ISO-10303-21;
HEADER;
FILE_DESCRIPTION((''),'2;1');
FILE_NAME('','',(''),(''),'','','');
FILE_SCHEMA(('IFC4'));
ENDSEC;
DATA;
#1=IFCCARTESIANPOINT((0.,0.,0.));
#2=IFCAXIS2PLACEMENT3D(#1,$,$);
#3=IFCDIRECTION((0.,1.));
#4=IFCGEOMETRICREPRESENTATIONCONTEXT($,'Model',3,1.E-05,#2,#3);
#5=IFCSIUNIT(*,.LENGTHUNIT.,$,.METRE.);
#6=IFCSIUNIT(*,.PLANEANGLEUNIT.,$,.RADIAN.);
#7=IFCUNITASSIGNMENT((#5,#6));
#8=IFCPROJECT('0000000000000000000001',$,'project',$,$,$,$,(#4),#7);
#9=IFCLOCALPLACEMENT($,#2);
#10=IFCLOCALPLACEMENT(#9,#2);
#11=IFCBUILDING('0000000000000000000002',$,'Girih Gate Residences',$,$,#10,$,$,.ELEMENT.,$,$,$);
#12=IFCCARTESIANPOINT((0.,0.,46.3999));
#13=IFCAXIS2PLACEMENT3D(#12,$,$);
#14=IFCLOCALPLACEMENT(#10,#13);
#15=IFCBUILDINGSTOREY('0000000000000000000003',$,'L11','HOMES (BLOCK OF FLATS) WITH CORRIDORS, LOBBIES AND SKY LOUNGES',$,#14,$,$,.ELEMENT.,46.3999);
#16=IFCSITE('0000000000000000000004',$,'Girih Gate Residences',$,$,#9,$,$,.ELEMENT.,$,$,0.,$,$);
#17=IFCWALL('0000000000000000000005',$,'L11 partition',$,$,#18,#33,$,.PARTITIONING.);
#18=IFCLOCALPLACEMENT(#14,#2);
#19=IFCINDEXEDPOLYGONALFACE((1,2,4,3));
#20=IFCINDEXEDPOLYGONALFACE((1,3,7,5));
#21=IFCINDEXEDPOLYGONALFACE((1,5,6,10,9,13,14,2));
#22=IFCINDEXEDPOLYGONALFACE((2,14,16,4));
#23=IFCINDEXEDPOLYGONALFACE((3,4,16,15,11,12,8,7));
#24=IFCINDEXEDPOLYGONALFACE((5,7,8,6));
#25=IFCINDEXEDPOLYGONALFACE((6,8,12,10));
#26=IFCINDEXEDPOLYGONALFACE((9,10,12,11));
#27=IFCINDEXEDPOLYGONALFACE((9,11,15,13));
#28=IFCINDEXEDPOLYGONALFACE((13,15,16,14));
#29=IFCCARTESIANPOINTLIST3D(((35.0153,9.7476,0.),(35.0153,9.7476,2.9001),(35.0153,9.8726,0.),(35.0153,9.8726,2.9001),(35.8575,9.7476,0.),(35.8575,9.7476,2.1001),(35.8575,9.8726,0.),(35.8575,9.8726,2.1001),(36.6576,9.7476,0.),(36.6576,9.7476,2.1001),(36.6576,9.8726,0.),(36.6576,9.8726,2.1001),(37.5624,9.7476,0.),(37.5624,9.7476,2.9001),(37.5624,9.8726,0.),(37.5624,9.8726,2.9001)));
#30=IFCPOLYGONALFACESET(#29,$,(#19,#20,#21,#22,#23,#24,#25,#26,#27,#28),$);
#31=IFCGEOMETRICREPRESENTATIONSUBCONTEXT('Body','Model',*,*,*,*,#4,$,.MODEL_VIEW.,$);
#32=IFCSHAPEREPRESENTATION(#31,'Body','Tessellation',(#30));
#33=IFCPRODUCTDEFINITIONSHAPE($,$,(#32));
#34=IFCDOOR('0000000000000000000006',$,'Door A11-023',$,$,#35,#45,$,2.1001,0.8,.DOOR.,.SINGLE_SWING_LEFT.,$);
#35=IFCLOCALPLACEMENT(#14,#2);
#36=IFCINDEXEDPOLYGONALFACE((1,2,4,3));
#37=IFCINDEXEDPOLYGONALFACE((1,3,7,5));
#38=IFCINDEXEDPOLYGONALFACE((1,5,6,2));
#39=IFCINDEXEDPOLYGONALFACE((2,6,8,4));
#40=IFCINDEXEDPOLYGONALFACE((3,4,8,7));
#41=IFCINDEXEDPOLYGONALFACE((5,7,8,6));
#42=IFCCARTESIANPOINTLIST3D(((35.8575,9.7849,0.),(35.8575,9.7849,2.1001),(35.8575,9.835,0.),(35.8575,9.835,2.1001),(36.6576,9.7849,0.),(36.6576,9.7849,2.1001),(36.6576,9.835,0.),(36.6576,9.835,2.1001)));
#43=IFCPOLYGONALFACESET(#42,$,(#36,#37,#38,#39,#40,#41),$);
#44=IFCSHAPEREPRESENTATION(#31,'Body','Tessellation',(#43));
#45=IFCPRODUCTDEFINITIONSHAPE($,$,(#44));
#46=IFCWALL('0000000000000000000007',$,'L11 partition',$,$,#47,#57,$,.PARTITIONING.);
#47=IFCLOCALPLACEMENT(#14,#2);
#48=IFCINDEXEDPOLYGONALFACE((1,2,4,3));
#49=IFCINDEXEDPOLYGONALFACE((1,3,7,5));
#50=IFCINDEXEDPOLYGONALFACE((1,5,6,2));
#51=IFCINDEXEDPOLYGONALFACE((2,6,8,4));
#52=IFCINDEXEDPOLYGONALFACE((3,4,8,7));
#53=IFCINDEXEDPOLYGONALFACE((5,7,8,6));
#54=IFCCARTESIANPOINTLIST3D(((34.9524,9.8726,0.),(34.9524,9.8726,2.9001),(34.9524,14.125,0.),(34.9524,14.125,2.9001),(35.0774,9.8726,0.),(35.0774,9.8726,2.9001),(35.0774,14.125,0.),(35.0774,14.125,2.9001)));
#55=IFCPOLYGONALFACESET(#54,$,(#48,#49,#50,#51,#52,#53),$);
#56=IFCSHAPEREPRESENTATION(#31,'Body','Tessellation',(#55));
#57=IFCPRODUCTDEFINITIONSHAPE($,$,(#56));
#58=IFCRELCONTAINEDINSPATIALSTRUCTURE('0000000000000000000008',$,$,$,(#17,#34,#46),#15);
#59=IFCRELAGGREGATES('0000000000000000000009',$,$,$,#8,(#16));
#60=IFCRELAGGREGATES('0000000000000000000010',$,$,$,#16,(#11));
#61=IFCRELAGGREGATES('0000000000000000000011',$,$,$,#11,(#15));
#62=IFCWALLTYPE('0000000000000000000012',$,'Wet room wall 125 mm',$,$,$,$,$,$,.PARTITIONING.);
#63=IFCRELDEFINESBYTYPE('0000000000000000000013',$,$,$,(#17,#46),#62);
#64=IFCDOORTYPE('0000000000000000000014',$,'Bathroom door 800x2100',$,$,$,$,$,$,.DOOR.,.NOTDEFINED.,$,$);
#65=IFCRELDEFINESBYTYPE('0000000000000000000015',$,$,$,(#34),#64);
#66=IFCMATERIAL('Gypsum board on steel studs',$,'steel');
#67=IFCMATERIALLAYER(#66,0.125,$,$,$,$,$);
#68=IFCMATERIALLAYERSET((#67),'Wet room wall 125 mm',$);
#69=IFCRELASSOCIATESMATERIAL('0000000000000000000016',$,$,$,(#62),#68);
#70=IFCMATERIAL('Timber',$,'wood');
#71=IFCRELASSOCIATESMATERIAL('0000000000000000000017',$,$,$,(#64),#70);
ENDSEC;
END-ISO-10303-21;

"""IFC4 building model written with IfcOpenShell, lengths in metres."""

from ifc_helpers import new_model, si_unit, direction, frame, frame_2d, origin, place, context, subcontext, project, spatial, rectangle, extrude, material, layer, layer_set, type_object, element, fill, save


model = new_model("IFC4")

# Units and contexts
model_context = context("Model", 3, precision=1e-05, world=origin(), true_north=direction((0.0, 1.0)))
body_context = subcontext(model_context, "Body", "Model", "MODEL_VIEW")
ifc_project = project(units=[si_unit("LENGTHUNIT", "METRE"), si_unit("PLANEANGLEUNIT", "RADIAN")], contexts=[model_context])

# Site, building, storey
site_placement = place(None, origin())
site = spatial("IfcSite", under=ifc_project, at=site_placement, Name="Girih Gate Residences", CompositionType="ELEMENT", RefElevation=0.0)
building_placement = place(site_placement, origin())
building = spatial("IfcBuilding", under=site, at=building_placement, Name="Girih Gate Residences", CompositionType="ELEMENT")
storey_placement = place(building_placement, frame((0.0, 0.0, 46.3999)))
storey = spatial("IfcBuildingStorey", under=building, at=storey_placement, Name="L11", Description="HOMES (BLOCK OF FLATS) WITH CORRIDORS, LOBBIES AND SKY LOUNGES", CompositionType="ELEMENT", Elevation=46.3999)

# Shared definitions
ifc_material_1 = material(Name="Gypsum board on steel studs", Category="steel")

# Shared definitions
ifc_material_2 = material(Name="Timber", Category="wood")

# Wall, opening, door
ifc_layer_1 = layer(ifc_material_1, 0.125)
ifc_layer_set_1 = layer_set([ifc_layer_1], Name="Wet room wall 125 mm")
wall_type_1 = type_object("IfcWallType", Name="Wet room wall 125 mm", PredefinedType="PARTITIONING", material=ifc_layer_set_1)
wall_1_placement = place(storey_placement, frame((35.0154, 9.8101, 0.0), z_axis=(0.0, 0.0, 1.0), x_axis=(1.0, 0.0, 0.0)))
wall_1 = element("IfcWall", 1, at=wall_1_placement, inside=storey, type_object=wall_type_1, Name="L11 partition", PredefinedType="PARTITIONING", context=body_context, shape_type="SweptSolid", body=[
    extrude(rectangle(XDim=2.5471, YDim=0.125, at=frame_2d((1.2734, 0.0))), origin(), (0.0, 0.0, 1.0), 2.9001),
])
opening_1_placement = place(wall_1_placement, frame((0.8423, 0.0, 0.0)))
opening_1 = element("IfcOpeningElement", 2, at=opening_1_placement, cuts=wall_1, PredefinedType="OPENING", context=body_context, shape_type="SweptSolid", body=[
    extrude(rectangle(XDim=0.8, YDim=2.1001, at=frame_2d((0.3999, 1.05))), frame((0.0, 0.0725, 0.0), z_axis=(0.0, -1.0, 0.0), x_axis=(1.0, 0.0, 0.0)), (0.0, 0.0, 1.0), 0.145),
])
door_type_1 = type_object("IfcDoorType", Name="Bathroom door 800x2100", OperationType="NOTDEFINED", PredefinedType="DOOR", material=ifc_material_2)
door_1_placement = place(opening_1_placement, origin())
door_1 = element("IfcDoor", 3, at=door_1_placement, inside=storey, type_object=door_type_1, Name="Door A11-023", OperationType="SINGLE_SWING_LEFT", OverallHeight=2.1001, OverallWidth=0.8, PredefinedType="DOOR", context=body_context, shape_type="SweptSolid", body=[
    extrude(rectangle(XDim=0.8, YDim=2.1001, at=frame_2d((0.3999, 1.05))), frame((0.0, 0.0249, 0.0), z_axis=(0.0, -1.0, 0.0), x_axis=(1.0, 0.0, 0.0)), (0.0, 0.0, 1.0), 0.05),
])
fill(opening_1, door_1)

# Wall
wall_2_placement = place(storey_placement, frame((35.0149, 9.8726, 0.0), z_axis=(0.0, 0.0, 1.0), x_axis=(0.0, 1.0, 0.0)))
element("IfcWall", 4, at=wall_2_placement, inside=storey, type_object=wall_type_1, Name="L11 partition", PredefinedType="PARTITIONING", context=body_context, shape_type="SweptSolid", body=[
    extrude(rectangle(XDim=4.2524, YDim=0.125, at=frame_2d((2.1262, 0.0))), origin(), (0.0, 0.0, 1.0), 2.9001),
])

save(model, "model.ifc")
